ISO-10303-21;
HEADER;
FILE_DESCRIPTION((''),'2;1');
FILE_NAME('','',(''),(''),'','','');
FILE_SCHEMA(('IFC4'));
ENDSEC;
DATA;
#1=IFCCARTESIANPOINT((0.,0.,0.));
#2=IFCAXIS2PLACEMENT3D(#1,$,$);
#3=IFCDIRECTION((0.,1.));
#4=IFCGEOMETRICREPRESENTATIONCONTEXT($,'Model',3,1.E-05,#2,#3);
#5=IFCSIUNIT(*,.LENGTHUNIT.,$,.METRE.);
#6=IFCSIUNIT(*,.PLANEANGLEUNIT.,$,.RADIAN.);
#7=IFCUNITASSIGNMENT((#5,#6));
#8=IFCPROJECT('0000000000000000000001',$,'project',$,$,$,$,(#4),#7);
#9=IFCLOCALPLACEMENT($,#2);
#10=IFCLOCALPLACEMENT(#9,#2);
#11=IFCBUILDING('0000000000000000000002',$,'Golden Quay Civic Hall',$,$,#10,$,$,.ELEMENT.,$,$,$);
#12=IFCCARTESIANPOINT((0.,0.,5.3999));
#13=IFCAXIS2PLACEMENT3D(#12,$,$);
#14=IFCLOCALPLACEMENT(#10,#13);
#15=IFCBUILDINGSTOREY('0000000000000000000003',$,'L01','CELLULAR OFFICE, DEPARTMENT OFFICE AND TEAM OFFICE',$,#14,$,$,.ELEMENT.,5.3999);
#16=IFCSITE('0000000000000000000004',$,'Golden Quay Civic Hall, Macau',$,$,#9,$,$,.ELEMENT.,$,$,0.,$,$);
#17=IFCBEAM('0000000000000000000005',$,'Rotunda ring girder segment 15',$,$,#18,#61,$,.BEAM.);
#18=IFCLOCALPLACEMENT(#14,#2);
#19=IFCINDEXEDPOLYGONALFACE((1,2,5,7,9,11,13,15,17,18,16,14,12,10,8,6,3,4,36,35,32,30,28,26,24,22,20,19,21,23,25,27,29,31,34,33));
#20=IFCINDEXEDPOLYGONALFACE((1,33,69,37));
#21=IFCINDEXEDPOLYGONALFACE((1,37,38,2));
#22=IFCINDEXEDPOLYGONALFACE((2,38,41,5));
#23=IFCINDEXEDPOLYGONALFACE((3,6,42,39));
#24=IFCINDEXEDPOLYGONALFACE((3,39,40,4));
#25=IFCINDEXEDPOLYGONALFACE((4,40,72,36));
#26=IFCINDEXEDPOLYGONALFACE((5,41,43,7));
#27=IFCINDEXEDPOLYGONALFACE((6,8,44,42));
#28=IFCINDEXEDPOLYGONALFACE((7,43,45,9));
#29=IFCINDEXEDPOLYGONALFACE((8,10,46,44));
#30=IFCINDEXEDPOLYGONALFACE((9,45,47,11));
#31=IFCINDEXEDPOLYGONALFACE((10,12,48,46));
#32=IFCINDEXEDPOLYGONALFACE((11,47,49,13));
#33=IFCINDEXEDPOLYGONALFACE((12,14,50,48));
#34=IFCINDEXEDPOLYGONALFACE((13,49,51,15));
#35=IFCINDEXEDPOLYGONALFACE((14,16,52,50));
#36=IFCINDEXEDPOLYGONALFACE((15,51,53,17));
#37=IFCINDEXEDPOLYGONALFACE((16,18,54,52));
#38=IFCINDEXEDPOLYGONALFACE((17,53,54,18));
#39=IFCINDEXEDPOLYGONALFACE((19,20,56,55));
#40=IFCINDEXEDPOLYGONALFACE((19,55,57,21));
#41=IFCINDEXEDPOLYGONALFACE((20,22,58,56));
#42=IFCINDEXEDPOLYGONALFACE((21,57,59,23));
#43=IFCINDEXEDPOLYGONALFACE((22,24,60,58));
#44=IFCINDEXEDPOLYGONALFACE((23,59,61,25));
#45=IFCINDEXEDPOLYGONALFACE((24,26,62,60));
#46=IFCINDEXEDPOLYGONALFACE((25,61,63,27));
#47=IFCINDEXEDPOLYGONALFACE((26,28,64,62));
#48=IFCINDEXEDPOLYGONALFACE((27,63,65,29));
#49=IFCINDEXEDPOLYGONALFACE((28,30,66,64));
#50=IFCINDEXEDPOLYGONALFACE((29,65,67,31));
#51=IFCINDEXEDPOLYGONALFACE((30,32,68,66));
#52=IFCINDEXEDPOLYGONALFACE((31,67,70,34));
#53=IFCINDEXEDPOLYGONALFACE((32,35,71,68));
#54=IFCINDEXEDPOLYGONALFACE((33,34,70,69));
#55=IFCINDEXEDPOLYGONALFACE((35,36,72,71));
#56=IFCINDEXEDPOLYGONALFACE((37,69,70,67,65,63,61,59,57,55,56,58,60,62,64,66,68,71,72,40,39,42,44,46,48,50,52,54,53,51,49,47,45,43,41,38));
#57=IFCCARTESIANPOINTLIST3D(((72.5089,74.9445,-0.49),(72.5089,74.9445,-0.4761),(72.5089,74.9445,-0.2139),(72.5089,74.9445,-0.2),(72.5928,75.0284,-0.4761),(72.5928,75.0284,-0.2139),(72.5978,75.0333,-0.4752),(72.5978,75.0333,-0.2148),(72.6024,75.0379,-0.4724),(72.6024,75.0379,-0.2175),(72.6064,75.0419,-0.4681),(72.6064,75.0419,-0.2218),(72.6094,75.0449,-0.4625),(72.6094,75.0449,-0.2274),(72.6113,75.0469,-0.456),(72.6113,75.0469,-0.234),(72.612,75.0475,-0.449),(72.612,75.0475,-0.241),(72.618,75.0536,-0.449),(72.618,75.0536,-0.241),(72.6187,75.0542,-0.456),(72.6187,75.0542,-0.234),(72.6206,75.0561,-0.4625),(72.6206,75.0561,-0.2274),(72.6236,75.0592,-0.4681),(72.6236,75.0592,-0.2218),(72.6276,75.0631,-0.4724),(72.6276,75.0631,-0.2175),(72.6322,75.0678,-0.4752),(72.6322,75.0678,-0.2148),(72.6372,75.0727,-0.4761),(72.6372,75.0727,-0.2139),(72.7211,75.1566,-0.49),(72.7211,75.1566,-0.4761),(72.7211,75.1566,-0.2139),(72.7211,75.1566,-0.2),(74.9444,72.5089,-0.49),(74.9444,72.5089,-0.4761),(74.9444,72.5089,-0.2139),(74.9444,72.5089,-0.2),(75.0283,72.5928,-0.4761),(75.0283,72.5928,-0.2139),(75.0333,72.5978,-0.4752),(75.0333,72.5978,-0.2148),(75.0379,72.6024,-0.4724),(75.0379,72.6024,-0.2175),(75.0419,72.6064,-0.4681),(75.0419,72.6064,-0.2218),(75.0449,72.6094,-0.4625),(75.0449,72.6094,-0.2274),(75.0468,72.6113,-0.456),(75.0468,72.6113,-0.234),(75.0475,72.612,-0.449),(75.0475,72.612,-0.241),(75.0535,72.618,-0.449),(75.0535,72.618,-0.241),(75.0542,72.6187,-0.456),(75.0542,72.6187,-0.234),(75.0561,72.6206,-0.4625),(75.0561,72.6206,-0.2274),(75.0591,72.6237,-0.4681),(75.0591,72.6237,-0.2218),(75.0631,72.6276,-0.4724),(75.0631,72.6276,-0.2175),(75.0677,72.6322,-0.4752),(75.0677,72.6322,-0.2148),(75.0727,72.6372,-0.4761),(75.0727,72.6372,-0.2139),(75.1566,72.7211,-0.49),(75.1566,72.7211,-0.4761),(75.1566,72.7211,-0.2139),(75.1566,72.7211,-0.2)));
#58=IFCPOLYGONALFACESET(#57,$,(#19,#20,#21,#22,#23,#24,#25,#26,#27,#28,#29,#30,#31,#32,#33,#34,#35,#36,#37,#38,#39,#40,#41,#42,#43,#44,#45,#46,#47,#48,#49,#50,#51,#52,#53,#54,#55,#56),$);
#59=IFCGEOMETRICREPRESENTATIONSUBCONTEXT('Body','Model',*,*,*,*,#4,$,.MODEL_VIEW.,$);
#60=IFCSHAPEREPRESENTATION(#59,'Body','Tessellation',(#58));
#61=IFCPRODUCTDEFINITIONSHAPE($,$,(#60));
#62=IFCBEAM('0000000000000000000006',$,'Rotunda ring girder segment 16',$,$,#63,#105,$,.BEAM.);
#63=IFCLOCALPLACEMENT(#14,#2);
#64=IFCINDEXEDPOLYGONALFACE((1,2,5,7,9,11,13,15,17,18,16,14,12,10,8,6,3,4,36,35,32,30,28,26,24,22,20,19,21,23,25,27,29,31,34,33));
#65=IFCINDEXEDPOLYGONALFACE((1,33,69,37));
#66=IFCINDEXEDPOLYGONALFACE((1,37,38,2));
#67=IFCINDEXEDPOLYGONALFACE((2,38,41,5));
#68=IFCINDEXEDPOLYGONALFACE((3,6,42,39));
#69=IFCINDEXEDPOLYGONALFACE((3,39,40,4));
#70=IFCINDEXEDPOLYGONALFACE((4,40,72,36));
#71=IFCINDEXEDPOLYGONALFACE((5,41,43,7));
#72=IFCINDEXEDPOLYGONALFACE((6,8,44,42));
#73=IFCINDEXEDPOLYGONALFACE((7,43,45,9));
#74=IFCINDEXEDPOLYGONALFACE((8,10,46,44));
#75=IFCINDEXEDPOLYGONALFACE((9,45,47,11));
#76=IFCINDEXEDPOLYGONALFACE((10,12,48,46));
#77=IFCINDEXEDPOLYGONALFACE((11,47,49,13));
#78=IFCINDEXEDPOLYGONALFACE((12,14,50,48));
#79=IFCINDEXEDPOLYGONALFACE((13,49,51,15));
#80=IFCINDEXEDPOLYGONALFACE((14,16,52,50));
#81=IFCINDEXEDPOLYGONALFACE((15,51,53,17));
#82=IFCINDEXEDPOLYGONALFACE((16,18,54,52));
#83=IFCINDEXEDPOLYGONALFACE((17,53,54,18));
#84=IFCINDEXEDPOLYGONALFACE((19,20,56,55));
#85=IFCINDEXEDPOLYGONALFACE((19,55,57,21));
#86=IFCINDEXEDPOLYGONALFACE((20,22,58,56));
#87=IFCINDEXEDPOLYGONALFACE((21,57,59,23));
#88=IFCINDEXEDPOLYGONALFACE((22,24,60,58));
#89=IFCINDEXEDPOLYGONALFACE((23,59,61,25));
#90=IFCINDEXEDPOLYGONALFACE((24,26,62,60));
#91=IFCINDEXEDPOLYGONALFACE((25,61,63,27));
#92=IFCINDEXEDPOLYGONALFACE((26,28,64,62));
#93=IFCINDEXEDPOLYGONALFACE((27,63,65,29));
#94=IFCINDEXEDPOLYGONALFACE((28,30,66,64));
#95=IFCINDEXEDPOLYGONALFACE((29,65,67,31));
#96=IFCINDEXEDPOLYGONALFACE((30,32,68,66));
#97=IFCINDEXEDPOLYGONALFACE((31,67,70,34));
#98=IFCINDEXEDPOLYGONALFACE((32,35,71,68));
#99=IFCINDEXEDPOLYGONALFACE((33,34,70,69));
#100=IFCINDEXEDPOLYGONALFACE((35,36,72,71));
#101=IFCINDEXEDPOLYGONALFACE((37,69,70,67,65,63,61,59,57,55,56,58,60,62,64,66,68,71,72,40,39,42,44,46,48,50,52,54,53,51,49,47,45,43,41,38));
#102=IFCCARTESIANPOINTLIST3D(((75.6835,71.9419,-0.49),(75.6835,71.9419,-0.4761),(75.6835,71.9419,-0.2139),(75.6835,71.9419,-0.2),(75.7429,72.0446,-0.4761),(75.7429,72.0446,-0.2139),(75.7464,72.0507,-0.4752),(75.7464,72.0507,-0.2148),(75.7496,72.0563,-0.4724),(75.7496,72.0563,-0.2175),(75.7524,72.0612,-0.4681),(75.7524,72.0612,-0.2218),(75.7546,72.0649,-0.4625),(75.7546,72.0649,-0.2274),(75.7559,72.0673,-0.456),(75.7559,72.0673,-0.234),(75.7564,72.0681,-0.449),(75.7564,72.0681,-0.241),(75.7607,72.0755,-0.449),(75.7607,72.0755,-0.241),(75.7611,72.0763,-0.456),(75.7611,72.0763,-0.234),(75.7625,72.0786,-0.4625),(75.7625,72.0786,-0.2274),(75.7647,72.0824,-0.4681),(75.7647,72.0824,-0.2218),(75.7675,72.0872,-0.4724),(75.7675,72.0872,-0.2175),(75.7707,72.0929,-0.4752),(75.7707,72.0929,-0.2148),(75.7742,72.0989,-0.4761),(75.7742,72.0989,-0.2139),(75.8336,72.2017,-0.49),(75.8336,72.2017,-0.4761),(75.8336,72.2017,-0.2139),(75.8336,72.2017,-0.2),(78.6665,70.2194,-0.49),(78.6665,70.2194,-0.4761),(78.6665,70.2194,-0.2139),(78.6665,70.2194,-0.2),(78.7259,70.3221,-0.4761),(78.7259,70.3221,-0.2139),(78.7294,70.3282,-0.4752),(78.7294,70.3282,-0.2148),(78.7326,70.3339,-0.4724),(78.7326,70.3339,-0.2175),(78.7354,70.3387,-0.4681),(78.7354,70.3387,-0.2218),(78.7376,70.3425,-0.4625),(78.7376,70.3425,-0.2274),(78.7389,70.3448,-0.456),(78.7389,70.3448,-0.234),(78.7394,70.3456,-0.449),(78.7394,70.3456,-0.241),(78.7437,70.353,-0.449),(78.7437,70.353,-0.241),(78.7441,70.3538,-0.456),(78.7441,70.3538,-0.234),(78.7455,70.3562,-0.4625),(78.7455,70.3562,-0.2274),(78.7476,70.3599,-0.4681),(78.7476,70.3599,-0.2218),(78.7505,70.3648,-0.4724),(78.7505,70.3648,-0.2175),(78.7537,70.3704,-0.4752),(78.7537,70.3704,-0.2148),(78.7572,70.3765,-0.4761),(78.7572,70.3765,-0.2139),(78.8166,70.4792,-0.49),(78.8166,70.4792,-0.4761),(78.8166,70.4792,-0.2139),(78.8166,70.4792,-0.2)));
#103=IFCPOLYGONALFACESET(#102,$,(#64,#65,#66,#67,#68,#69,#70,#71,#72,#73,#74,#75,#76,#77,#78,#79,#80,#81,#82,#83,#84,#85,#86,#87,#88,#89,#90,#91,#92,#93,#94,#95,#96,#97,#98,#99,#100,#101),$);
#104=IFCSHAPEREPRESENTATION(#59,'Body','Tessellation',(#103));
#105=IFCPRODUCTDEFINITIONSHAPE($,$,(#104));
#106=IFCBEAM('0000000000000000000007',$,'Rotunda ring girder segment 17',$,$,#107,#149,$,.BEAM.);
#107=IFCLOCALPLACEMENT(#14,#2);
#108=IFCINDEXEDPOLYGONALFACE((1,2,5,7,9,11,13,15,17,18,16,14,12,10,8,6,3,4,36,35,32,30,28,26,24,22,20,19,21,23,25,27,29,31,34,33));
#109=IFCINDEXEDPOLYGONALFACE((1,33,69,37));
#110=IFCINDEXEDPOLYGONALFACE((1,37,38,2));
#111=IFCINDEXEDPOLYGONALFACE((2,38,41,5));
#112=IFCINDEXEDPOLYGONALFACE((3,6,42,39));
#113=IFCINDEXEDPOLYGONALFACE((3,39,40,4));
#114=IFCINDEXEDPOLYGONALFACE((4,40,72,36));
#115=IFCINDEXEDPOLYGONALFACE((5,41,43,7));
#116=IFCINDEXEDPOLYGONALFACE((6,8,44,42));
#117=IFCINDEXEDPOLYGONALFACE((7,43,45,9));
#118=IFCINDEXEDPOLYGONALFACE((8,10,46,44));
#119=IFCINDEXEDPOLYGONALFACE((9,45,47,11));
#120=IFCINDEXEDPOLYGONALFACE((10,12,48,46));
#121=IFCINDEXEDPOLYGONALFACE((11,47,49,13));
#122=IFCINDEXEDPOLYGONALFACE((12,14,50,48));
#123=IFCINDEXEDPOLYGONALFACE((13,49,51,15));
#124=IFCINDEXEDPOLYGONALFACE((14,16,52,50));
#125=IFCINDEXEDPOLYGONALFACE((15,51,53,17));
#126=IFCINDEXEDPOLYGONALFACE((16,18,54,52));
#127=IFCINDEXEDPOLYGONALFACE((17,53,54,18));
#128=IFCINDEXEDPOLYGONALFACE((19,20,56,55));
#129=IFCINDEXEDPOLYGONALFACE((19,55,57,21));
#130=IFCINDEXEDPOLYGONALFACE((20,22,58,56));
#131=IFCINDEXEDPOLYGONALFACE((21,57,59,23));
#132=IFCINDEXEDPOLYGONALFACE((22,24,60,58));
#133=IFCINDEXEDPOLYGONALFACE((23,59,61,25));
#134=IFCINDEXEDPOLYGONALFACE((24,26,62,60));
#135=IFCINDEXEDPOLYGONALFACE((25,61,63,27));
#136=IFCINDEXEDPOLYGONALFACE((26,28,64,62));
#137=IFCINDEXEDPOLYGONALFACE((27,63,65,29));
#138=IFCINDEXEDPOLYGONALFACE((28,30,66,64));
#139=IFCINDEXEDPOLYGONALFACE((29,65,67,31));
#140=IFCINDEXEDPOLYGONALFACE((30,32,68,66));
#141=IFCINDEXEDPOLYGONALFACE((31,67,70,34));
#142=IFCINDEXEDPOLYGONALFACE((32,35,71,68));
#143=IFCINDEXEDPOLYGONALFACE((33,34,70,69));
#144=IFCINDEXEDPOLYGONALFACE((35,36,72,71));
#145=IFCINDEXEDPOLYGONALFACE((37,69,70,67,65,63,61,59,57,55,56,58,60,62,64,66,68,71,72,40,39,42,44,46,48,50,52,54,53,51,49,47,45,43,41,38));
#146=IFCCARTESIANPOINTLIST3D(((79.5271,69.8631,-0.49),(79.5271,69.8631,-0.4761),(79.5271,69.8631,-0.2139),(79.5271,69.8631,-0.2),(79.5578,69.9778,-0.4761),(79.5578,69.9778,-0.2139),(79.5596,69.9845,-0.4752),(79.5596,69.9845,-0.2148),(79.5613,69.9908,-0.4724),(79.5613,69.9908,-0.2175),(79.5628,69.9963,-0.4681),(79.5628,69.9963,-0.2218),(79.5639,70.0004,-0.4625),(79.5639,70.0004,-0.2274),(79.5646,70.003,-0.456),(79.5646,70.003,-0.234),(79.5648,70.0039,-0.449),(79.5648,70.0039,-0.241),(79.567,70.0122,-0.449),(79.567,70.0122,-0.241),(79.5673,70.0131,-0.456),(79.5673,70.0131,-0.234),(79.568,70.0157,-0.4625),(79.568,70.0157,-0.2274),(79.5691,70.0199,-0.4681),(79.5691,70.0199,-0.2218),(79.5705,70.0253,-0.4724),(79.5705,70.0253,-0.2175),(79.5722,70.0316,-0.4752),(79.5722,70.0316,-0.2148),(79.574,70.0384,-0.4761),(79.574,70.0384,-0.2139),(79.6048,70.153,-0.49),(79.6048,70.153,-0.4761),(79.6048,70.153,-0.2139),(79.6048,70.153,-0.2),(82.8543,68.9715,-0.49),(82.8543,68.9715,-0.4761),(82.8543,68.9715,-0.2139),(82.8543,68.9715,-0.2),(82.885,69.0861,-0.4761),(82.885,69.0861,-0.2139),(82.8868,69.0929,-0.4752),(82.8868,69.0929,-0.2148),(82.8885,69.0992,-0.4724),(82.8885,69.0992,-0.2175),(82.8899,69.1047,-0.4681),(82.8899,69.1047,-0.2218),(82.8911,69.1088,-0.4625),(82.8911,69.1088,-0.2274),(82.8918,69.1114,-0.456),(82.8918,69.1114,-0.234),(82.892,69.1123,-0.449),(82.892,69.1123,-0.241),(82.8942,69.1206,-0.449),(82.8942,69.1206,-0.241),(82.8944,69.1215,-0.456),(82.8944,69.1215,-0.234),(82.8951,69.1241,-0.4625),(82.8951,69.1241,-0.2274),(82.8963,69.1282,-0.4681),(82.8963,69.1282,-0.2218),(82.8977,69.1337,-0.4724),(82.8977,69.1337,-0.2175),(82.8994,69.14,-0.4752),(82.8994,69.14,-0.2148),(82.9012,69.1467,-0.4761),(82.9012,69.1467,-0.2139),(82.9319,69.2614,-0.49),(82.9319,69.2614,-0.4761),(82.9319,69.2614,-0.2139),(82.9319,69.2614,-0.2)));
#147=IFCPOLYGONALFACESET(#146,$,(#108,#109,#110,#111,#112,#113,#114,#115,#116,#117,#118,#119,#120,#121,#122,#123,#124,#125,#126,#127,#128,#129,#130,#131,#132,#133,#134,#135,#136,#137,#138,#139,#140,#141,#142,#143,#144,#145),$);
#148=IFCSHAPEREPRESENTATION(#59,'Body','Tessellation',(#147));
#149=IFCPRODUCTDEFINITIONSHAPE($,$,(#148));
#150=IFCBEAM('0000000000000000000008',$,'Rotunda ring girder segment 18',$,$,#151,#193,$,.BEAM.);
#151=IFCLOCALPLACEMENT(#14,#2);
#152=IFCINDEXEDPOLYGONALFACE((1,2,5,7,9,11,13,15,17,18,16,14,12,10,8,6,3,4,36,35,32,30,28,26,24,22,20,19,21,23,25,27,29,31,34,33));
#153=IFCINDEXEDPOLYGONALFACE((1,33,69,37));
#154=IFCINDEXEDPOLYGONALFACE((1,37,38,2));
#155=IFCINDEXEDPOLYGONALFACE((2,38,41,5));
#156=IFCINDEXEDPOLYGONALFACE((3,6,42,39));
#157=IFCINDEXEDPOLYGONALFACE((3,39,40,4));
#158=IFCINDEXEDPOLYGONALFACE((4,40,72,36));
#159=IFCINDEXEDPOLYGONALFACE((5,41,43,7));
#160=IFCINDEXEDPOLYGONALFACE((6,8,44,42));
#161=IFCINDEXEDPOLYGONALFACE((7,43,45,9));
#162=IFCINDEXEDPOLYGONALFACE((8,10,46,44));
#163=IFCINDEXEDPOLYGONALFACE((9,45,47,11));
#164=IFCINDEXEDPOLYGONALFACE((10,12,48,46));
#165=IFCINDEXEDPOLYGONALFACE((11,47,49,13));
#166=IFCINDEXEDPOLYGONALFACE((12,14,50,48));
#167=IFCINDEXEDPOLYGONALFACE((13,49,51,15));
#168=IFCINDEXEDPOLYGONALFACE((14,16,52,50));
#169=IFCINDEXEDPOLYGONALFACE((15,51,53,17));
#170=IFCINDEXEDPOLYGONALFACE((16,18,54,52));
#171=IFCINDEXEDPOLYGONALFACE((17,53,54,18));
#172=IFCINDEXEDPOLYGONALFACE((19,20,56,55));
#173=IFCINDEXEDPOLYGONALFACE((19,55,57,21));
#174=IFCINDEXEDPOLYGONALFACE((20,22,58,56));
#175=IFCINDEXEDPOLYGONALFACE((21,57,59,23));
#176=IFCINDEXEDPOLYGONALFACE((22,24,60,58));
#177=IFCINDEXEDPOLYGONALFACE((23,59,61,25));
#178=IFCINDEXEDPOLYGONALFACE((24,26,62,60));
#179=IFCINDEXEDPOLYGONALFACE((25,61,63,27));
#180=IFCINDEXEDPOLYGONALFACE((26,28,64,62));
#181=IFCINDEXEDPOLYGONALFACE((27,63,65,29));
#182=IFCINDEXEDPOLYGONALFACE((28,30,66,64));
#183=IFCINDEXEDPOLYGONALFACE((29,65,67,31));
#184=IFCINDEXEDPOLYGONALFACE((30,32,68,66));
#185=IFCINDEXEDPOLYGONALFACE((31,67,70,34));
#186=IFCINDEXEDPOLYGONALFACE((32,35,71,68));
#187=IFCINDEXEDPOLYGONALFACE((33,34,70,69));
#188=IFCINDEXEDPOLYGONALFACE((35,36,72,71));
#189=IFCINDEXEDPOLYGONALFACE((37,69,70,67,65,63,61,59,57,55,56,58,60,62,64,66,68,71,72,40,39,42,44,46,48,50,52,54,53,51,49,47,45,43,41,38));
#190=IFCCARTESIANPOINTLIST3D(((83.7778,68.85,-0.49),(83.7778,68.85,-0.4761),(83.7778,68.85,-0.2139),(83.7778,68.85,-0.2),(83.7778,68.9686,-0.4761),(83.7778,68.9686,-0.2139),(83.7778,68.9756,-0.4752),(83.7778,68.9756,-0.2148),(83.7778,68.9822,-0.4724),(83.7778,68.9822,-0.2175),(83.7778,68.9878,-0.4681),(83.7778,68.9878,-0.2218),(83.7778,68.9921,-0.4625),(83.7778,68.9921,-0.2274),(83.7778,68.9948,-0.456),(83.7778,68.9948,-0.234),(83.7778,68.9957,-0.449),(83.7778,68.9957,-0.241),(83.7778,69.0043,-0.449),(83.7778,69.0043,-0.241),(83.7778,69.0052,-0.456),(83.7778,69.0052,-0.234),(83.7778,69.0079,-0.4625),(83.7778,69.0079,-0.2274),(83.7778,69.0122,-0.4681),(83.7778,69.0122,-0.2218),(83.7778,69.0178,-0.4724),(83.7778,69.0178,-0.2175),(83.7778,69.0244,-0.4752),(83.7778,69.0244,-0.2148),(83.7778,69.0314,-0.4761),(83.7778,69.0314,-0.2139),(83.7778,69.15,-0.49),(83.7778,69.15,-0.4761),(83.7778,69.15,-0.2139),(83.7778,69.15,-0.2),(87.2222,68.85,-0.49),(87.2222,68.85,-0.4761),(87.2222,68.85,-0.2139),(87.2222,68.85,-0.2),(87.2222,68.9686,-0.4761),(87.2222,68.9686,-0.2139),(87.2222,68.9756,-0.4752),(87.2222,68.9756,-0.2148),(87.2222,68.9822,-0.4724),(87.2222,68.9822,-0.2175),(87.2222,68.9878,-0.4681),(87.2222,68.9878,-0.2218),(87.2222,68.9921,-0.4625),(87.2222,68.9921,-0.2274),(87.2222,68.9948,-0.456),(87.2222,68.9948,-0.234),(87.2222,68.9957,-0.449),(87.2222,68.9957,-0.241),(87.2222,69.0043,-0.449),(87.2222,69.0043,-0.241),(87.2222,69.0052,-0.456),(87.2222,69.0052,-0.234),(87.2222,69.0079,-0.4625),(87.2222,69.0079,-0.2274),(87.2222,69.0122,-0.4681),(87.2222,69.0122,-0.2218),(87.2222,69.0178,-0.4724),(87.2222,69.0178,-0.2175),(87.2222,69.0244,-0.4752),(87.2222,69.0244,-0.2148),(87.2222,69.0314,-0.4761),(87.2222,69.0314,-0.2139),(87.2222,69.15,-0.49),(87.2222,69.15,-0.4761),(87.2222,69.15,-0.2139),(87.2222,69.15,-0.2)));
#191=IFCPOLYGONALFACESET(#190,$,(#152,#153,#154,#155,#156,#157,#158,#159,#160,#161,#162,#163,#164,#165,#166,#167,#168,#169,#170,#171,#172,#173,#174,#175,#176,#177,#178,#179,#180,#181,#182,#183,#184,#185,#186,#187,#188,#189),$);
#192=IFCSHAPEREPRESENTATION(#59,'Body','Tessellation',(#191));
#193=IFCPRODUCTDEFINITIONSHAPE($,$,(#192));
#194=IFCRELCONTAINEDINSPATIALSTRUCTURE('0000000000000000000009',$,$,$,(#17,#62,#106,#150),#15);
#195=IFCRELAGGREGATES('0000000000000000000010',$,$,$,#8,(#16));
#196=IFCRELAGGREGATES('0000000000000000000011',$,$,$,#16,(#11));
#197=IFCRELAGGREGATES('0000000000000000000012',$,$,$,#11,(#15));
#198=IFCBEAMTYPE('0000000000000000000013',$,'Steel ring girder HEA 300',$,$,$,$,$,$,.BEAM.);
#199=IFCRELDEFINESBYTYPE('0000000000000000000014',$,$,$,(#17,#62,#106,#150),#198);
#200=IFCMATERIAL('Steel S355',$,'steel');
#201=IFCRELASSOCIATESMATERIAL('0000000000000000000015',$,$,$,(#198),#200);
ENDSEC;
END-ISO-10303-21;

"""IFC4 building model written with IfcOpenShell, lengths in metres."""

from ifc_helpers import new_model, si_unit, direction, frame, origin, origin_2d, place, context, subcontext, project, spatial, i_section, extrude, material, material_profile, profile_set, type_object, element, save


model = new_model("IFC4")

# Units and contexts
model_context = context("Model", 3, precision=1e-05, world=origin(), true_north=direction((0.0, 1.0)))
body_context = subcontext(model_context, "Body", "Model", "MODEL_VIEW")
ifc_project = project(units=[si_unit("LENGTHUNIT", "METRE"), si_unit("PLANEANGLEUNIT", "RADIAN")], contexts=[model_context])

# Site, building, storey
site_placement = place(None, origin())
site = spatial("IfcSite", under=ifc_project, at=site_placement, Name="Golden Quay Civic Hall, Macau", CompositionType="ELEMENT", RefElevation=0.0)
building_placement = place(site_placement, origin())
building = spatial("IfcBuilding", under=site, at=building_placement, Name="Golden Quay Civic Hall", CompositionType="ELEMENT")
storey_placement = place(building_placement, frame((0.0, 0.0, 5.3999)))
storey = spatial("IfcBuildingStorey", under=building, at=storey_placement, Name="L01", Description="CELLULAR OFFICE, DEPARTMENT OFFICE AND TEAM OFFICE", CompositionType="ELEMENT", Elevation=5.3999)

# Beams
ifc_material_1 = material(Name="Steel S355", Category="steel")
ifc_material_profile_1 = material_profile(ifc_material_1, i_section(OverallWidth=0.3, OverallDepth=0.29, WebThickness=0.0085, FlangeThickness=0.0139, FilletRadius=0.0271, at=origin_2d()), Name="HEA 300")
ifc_profile_set_1 = profile_set([ifc_material_profile_1], Name="Steel S355")
beam_type_1 = type_object("IfcBeamType", Name="Steel ring girder HEA 300", PredefinedType="BEAM", material=ifc_profile_set_1)
beam_1_placement = place(storey_placement, frame((72.615, 75.0505, -0.345), z_axis=(0.707107, -0.707107, 0.0), x_axis=(0.707107, 0.707107, 0.0)))
element("IfcBeam", 1, at=beam_1_placement, inside=storey, type_object=beam_type_1, Name="Rotunda ring girder segment 15", PredefinedType="BEAM", context=body_context, shape_type="SweptSolid", body=[
    extrude(i_section(OverallWidth=0.3, OverallDepth=0.29, WebThickness=0.0085, FlangeThickness=0.0139, FilletRadius=0.0271, at=origin_2d()), origin(), (0.0, 0.0, 1.0), 3.4443),
])
for number, where, z_axis, x_axis, name in (
    (2, (75.7585, 72.0718, -0.345), (0.865997, -0.50005, 0.0), (0.50005, 0.865997, 0.0), "Rotunda ring girder segment 16"),
    (3, (79.5659, 70.0081, -0.345), (0.965919, -0.258845, 0.0), (0.258845, 0.965919, 0.0), "Rotunda ring girder segment 17"),
):
    element("IfcBeam", number, at=place(storey_placement, frame(where, z_axis=z_axis, x_axis=x_axis)), inside=storey, type_object=beam_type_1, Name=name, PredefinedType="BEAM", context=body_context, shape_type="SweptSolid", body=[
        extrude(i_section(OverallWidth=0.3, OverallDepth=0.29, WebThickness=0.0085, FlangeThickness=0.0139, FilletRadius=0.0271, at=origin_2d()), origin(), (0.0, 0.0, 1.0), 3.4446),
    ])
beam_2_placement = place(storey_placement, frame((83.7778, 69.0, -0.345), z_axis=(1.0, 0.0, 0.0), x_axis=(0.0, 1.0, 0.0)))
element("IfcBeam", 4, at=beam_2_placement, inside=storey, type_object=beam_type_1, Name="Rotunda ring girder segment 18", PredefinedType="BEAM", context=body_context, shape_type="SweptSolid", body=[
    extrude(i_section(OverallWidth=0.3, OverallDepth=0.29, WebThickness=0.0085, FlangeThickness=0.0139, FilletRadius=0.0271, at=origin_2d()), origin(), (0.0, 0.0, 1.0), 3.4443),
])

save(model, "model.ifc")
